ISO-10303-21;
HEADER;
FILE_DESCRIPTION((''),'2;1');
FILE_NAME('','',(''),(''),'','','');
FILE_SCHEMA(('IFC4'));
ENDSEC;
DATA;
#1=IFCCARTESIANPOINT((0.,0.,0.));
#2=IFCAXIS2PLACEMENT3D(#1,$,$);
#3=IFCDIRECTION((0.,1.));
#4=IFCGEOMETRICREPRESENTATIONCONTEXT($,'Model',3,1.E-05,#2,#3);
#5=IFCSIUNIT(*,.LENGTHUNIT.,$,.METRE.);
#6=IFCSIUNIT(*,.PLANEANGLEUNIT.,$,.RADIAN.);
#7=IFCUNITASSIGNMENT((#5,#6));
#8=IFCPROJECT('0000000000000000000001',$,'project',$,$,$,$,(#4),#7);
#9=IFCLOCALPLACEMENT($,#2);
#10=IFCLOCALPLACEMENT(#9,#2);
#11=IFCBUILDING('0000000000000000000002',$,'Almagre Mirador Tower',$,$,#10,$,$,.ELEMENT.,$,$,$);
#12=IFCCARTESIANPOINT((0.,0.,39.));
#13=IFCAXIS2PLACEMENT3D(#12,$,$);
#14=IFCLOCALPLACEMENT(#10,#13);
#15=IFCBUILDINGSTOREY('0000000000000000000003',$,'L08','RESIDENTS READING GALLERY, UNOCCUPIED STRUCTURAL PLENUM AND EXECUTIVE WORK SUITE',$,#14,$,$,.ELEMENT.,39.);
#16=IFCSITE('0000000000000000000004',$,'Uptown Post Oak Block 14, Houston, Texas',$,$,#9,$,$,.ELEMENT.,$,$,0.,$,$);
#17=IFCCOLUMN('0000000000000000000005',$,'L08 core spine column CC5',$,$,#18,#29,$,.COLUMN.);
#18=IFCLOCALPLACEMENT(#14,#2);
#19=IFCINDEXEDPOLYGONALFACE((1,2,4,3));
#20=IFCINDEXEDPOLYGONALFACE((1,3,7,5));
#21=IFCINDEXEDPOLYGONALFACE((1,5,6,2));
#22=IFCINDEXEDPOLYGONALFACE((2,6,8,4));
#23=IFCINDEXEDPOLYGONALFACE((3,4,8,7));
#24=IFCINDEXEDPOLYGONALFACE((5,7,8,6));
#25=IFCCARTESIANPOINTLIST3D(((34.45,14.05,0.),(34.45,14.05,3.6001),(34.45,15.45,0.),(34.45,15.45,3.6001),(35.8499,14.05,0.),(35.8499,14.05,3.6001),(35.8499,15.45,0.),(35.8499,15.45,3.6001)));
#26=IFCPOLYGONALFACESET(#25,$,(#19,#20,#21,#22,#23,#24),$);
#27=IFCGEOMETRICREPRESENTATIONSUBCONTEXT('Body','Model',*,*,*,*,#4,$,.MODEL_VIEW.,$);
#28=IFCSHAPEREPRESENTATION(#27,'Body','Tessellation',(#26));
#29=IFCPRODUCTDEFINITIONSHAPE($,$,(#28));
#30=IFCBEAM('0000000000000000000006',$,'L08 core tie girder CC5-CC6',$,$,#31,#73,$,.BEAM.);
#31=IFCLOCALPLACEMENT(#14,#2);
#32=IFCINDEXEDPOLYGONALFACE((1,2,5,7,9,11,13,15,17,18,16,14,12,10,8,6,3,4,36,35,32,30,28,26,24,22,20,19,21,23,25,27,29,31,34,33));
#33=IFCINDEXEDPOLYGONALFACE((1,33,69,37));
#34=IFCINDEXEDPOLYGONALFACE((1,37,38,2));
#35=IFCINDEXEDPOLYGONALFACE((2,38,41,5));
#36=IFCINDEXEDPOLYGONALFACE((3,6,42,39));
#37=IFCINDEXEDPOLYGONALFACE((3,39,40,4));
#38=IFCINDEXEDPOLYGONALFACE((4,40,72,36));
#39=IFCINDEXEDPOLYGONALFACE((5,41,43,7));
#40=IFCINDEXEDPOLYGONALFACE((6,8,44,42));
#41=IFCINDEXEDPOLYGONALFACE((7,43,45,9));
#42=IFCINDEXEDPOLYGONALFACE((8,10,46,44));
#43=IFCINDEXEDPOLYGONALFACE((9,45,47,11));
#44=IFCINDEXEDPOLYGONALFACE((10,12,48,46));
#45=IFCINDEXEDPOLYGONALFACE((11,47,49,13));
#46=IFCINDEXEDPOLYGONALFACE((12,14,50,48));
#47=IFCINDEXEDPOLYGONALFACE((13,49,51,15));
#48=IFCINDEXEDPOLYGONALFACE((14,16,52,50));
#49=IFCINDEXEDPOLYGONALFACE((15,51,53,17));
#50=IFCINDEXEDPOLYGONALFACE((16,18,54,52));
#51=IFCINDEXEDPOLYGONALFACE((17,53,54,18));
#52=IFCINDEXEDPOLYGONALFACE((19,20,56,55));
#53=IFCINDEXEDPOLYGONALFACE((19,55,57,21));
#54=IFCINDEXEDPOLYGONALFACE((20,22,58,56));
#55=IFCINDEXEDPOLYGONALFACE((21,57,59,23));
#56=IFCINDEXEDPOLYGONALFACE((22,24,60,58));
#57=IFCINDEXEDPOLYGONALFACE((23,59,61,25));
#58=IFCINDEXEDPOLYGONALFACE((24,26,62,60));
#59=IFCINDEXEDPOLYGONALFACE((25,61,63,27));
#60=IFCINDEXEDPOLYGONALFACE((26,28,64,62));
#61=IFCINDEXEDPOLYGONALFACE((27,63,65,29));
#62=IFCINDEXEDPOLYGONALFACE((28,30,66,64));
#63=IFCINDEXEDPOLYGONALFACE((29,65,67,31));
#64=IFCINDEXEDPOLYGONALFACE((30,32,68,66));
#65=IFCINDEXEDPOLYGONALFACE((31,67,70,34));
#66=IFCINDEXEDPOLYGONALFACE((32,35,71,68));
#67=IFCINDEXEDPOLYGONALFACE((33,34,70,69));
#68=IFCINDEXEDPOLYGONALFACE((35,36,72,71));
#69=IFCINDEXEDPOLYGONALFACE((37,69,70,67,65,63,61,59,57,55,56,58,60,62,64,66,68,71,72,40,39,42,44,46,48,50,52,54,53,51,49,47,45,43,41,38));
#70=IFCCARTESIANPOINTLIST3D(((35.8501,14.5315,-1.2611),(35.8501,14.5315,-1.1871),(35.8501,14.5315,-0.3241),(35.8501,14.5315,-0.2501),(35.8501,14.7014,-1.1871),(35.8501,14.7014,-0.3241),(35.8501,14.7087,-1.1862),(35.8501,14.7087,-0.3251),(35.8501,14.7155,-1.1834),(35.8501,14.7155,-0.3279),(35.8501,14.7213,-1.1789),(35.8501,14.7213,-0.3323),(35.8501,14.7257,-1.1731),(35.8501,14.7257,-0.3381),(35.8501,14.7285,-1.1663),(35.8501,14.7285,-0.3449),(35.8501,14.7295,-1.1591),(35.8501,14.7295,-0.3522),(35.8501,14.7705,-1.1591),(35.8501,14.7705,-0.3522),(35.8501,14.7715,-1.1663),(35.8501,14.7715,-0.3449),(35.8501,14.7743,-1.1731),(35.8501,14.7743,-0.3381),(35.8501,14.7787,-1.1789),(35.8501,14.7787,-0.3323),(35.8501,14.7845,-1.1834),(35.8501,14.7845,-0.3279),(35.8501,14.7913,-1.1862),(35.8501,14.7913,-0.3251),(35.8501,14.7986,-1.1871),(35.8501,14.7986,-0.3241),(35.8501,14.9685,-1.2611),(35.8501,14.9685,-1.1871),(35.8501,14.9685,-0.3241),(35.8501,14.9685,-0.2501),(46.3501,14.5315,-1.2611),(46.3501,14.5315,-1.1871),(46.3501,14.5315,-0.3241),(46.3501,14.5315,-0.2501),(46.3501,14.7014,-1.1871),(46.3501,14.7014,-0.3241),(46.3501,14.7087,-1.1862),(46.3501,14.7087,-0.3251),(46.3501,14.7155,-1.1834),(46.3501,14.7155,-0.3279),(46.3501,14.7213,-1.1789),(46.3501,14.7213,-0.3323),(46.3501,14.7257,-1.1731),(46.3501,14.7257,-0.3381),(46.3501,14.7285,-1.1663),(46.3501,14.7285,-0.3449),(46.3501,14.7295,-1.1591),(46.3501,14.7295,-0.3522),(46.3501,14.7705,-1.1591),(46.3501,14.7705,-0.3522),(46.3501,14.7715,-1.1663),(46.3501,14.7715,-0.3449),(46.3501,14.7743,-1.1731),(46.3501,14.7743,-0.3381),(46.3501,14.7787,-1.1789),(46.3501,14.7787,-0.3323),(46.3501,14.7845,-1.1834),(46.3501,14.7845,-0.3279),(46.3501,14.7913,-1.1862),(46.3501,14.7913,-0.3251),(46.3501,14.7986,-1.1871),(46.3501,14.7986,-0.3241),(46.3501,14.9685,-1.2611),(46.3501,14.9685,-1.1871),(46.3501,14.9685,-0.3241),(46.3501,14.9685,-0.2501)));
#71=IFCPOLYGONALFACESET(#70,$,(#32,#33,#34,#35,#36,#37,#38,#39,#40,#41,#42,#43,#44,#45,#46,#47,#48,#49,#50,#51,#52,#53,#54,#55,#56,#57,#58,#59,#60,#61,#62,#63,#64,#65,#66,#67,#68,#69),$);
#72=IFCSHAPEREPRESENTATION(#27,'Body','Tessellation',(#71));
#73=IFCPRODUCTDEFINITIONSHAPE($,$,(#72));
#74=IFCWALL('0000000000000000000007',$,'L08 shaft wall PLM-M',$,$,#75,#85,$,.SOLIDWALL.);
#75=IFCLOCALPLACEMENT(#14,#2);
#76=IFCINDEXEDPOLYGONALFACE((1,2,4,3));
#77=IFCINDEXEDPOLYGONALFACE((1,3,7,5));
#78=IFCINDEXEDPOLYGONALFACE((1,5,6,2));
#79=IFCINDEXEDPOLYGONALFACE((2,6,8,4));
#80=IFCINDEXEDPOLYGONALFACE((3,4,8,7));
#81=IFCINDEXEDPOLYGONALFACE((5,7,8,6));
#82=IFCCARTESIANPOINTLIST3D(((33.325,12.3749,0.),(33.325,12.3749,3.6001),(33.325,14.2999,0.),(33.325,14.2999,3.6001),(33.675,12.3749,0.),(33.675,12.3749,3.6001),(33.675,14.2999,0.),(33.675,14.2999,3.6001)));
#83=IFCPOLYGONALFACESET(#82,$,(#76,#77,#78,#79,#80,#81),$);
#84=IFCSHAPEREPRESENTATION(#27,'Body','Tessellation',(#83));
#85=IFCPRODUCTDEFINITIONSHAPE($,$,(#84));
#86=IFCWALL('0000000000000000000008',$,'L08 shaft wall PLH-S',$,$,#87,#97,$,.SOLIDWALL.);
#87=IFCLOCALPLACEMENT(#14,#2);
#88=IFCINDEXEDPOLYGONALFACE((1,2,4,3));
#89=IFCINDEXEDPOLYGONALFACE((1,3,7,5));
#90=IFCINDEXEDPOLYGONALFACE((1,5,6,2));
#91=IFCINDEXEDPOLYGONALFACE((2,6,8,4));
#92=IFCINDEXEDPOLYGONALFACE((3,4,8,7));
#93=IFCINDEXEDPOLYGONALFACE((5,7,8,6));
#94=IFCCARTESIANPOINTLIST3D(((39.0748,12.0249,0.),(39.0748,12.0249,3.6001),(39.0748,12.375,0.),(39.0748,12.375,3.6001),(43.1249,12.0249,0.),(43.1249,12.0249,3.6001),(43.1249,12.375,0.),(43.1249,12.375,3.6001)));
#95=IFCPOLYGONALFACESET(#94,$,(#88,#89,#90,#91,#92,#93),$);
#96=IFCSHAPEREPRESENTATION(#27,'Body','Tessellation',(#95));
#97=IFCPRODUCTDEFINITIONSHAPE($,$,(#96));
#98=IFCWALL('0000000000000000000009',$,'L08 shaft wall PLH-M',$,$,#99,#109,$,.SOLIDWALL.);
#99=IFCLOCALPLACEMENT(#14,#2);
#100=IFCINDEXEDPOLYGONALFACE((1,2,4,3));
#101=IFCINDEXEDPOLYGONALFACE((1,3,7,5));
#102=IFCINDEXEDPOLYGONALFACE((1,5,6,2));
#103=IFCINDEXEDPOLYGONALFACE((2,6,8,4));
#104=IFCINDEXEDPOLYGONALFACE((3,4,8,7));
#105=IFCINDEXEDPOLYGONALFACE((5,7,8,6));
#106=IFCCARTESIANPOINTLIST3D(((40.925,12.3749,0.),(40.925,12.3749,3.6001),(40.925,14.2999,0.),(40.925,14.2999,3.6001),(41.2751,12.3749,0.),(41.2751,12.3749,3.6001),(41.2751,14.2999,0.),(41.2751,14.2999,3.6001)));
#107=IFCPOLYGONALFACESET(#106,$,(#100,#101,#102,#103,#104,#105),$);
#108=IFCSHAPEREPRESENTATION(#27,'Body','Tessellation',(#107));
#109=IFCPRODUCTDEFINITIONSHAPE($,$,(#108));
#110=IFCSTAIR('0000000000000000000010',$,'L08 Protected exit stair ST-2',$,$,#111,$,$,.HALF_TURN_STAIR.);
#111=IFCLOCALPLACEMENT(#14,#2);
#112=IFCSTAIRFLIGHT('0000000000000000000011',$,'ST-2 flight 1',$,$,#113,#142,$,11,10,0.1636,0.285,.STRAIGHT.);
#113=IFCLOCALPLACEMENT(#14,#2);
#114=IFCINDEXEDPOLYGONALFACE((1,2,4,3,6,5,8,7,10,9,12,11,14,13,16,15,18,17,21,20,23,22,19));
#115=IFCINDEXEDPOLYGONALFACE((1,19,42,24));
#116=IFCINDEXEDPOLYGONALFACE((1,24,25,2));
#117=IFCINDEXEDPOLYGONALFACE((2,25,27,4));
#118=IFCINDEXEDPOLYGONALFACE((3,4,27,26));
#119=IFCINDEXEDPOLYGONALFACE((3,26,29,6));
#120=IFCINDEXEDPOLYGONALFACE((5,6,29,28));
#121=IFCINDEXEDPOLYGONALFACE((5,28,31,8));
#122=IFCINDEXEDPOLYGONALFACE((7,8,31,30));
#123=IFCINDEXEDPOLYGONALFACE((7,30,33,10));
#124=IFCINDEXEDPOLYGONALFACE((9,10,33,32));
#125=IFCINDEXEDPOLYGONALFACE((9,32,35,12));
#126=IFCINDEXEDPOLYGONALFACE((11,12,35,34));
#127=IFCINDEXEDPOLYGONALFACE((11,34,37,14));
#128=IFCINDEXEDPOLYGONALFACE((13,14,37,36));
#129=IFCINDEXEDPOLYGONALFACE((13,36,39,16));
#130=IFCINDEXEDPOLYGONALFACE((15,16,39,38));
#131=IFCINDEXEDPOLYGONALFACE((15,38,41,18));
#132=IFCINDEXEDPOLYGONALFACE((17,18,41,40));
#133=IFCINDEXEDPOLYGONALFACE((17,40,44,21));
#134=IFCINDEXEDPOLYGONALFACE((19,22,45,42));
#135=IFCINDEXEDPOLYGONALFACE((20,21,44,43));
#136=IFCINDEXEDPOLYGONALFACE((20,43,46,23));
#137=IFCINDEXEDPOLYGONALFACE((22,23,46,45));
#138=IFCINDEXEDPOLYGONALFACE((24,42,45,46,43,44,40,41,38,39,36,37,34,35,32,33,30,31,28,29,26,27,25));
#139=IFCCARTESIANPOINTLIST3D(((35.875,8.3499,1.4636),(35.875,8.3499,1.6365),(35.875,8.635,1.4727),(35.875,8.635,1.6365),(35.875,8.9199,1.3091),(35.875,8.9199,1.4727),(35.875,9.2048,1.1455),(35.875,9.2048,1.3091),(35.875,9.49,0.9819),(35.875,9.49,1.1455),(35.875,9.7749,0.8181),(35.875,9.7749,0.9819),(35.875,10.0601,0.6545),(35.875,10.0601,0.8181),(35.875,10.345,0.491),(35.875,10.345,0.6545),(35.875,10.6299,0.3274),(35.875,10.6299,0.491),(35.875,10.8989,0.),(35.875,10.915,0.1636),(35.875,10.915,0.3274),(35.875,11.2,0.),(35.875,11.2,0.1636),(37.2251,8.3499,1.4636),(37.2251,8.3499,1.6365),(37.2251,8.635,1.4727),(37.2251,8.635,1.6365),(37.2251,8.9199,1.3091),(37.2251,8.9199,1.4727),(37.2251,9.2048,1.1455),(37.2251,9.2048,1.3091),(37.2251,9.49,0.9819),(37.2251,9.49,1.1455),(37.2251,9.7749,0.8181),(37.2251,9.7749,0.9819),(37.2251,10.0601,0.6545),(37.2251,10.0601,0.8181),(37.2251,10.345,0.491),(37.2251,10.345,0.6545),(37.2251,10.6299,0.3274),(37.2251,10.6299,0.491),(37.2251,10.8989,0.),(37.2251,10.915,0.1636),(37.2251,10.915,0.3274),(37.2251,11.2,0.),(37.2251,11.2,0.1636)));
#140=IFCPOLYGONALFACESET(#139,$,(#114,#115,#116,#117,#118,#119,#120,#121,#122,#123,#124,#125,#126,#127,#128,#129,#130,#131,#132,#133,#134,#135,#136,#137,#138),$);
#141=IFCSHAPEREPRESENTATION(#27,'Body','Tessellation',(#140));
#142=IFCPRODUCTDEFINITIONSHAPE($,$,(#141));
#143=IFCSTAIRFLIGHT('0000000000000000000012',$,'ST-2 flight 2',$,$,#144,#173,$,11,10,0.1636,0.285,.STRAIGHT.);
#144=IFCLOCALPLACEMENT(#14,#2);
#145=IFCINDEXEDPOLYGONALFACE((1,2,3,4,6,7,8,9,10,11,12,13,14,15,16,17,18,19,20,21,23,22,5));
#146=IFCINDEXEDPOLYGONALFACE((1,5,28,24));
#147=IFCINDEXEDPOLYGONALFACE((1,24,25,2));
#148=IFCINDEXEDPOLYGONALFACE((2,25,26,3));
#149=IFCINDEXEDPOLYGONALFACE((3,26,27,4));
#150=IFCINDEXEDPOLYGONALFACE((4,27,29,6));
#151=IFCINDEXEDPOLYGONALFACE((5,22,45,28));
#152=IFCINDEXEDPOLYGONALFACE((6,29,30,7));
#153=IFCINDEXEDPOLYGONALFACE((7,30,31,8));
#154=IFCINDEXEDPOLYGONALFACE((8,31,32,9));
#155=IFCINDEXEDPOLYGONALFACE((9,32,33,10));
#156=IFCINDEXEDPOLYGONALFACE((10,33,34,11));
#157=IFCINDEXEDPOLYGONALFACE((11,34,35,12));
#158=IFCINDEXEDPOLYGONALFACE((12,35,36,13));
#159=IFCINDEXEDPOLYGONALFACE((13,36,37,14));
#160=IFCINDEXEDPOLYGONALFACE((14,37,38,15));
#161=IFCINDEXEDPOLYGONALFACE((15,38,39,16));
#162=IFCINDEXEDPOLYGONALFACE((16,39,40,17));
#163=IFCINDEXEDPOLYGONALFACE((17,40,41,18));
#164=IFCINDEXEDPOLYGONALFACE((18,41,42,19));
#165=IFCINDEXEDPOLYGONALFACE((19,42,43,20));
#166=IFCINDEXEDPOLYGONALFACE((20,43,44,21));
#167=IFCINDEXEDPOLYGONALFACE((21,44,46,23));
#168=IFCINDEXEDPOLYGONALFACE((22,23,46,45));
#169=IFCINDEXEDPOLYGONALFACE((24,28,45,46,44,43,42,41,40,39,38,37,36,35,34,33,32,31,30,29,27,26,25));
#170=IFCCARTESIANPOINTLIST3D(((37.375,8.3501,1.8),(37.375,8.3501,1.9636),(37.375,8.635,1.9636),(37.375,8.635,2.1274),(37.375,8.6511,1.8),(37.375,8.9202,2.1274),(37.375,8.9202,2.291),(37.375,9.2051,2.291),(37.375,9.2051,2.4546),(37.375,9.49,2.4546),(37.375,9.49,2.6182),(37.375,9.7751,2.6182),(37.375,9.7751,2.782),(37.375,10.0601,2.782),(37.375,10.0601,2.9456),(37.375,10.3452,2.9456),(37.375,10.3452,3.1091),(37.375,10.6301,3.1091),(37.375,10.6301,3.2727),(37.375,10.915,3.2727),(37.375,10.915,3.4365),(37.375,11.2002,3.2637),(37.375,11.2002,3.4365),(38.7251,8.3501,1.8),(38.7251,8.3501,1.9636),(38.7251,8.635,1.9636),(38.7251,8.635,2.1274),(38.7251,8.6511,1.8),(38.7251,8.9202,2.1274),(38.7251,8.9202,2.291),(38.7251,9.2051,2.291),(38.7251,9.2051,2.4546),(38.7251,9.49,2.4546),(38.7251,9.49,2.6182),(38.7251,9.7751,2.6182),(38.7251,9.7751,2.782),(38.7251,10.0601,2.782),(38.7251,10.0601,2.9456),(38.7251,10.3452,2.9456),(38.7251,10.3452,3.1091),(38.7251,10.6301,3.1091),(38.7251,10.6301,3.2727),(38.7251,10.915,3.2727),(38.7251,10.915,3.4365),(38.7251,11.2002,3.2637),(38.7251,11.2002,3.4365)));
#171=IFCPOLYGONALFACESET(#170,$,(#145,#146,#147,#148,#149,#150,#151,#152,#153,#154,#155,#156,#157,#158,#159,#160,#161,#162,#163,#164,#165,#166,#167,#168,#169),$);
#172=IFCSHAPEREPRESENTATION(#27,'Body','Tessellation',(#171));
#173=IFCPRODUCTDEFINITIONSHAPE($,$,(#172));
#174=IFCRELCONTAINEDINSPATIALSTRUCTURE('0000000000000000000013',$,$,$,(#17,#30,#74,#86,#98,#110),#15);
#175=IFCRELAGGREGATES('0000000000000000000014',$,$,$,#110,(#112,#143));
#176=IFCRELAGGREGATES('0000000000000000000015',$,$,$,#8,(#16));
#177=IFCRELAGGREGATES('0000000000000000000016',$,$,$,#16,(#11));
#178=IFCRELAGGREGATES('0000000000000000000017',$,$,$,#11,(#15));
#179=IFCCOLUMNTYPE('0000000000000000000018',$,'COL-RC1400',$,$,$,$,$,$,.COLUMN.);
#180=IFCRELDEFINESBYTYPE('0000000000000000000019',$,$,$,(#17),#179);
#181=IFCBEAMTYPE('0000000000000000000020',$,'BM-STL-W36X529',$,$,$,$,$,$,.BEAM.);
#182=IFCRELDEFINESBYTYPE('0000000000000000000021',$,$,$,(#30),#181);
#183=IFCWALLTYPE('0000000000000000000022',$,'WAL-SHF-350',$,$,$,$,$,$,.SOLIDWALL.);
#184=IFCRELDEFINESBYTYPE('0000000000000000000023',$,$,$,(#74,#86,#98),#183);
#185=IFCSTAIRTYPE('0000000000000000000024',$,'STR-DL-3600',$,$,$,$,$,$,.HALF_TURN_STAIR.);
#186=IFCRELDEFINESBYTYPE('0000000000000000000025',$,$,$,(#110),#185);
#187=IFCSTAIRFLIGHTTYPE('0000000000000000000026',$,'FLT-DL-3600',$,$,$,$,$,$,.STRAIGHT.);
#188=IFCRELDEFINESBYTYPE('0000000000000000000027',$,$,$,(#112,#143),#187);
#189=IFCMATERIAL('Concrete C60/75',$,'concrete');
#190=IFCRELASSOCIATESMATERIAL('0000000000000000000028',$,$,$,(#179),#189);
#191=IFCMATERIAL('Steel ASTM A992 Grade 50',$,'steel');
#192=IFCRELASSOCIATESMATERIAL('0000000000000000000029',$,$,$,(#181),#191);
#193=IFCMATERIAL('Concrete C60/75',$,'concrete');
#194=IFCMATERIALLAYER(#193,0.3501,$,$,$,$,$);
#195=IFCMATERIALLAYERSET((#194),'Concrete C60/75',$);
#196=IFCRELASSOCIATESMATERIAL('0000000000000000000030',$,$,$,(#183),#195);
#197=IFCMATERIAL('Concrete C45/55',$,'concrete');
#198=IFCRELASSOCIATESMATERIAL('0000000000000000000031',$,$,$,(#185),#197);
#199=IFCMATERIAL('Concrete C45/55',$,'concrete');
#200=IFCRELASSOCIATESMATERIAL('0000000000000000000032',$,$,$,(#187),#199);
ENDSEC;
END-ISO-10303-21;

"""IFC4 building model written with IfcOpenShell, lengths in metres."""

from ifc_helpers import new_model, si_unit, direction, frame, frame_2d, origin, origin_2d, place, context, subcontext, project, spatial, polyline, rectangle, i_section, outline, extrude, material, layer, layer_set, material_profile, profile_set, type_object, element, aggregate, save


model = new_model("IFC4")

# Units and contexts
model_context = context("Model", 3, precision=1e-05, world=origin(), true_north=direction((0.0, 1.0)))
body_context = subcontext(model_context, "Body", "Model", "MODEL_VIEW")
ifc_project = project(units=[si_unit("LENGTHUNIT", "METRE"), si_unit("PLANEANGLEUNIT", "RADIAN")], contexts=[model_context])

# Site, building, storey
site_placement = place(None, origin())
site = spatial("IfcSite", under=ifc_project, at=site_placement, Name="Uptown Post Oak Block 14, Houston, Texas", CompositionType="ELEMENT", RefElevation=0.0)
building_placement = place(site_placement, origin())
building = spatial("IfcBuilding", under=site, at=building_placement, Name="Almagre Mirador Tower", CompositionType="ELEMENT")
storey_placement = place(building_placement, frame((0.0, 0.0, 39.0)))
storey = spatial("IfcBuildingStorey", under=building, at=storey_placement, Name="L08", Description="RESIDENTS READING GALLERY, UNOCCUPIED STRUCTURAL PLENUM AND EXECUTIVE WORK SUITE", CompositionType="ELEMENT", Elevation=39.0)

# Column
ifc_material_1 = material(Name="Concrete C60/75", Category="concrete")
ifc_material_profile_1 = material_profile(ifc_material_1, rectangle(XDim=1.3999, YDim=1.3999, at=origin_2d()), Name="RC1400X1400")
ifc_profile_set_1 = profile_set([ifc_material_profile_1], Name="Concrete C60/75")
column_type = type_object("IfcColumnType", Name="COL-RC1400", PredefinedType="COLUMN", material=ifc_profile_set_1)
column_placement = place(storey_placement, frame((35.1499, 14.75, 0.0), z_axis=(0.0, 0.0, 1.0), x_axis=(1.0, 0.0, 0.0)))
element("IfcColumn", 1, at=column_placement, inside=storey, type_object=column_type, Name="L08 core spine column CC5", PredefinedType="COLUMN", context=body_context, shape_type="SweptSolid", body=[
    extrude(rectangle(XDim=1.3999, YDim=1.3999, at=origin_2d()), origin(), (0.0, 0.0, 1.0), 3.6001),
])

# Beam
ifc_material_2 = material(Name="Steel ASTM A992 Grade 50", Category="steel")
ifc_material_profile_2 = material_profile(ifc_material_2, i_section(OverallWidth=0.437, OverallDepth=1.011, WebThickness=0.041, FlangeThickness=0.074, FilletRadius=0.0281, at=origin_2d()), Name="W36X529")
ifc_profile_set_2 = profile_set([ifc_material_profile_2], Name="Steel ASTM A992 Grade 50")
beam_type = type_object("IfcBeamType", Name="BM-STL-W36X529", PredefinedType="BEAM", material=ifc_profile_set_2)
beam_placement = place(storey_placement, frame((35.8501, 14.75, -0.7556), z_axis=(1.0, 0.0, 0.0), x_axis=(0.0, 1.0, 0.0)))
element("IfcBeam", 2, at=beam_placement, inside=storey, type_object=beam_type, Name="L08 core tie girder CC5-CC6", PredefinedType="BEAM", context=body_context, shape_type="SweptSolid", body=[
    extrude(i_section(OverallWidth=0.437, OverallDepth=1.011, WebThickness=0.041, FlangeThickness=0.074, FilletRadius=0.0281, at=origin_2d()), origin(), (0.0, 0.0, 1.0), 10.5),
])

# Walls
ifc_material_3 = material(Name="Concrete C60/75", Category="concrete")
ifc_layer_1 = layer(ifc_material_3, 0.3501)
ifc_layer_set_1 = layer_set([ifc_layer_1], Name="Concrete C60/75")
wall_type_1 = type_object("IfcWallType", Name="WAL-SHF-350", PredefinedType="SOLIDWALL", material=ifc_layer_set_1)
wall_1_placement = place(storey_placement, frame((33.5, 12.375, 0.0), z_axis=(0.0, 0.0, 1.0), x_axis=(0.0, 1.0, 0.0)))
element("IfcWall", 3, at=wall_1_placement, inside=storey, type_object=wall_type_1, Name="L08 shaft wall PLM-M", PredefinedType="SOLIDWALL", context=body_context, shape_type="SweptSolid", body=[
    extrude(rectangle(XDim=1.925, YDim=0.3501, at=frame_2d((0.9624, 0.0))), origin(), (0.0, 0.0, 1.0), 3.6001),
])
wall_2_placement = place(storey_placement, frame((39.075, 12.2, 0.0), z_axis=(0.0, 0.0, 1.0), x_axis=(1.0, 0.0, 0.0)))
element("IfcWall", 4, at=wall_2_placement, inside=storey, type_object=wall_type_1, Name="L08 shaft wall PLH-S", PredefinedType="SOLIDWALL", context=body_context, shape_type="SweptSolid", body=[
    extrude(rectangle(XDim=4.05, YDim=0.3501, at=frame_2d((2.0249, 0.0))), origin(), (0.0, 0.0, 1.0), 3.6001),
])
wall_3_placement = place(storey_placement, frame((41.1001, 12.375, 0.0), z_axis=(0.0, 0.0, 1.0), x_axis=(0.0, 1.0, 0.0)))
element("IfcWall", 5, at=wall_3_placement, inside=storey, type_object=wall_type_1, Name="L08 shaft wall PLH-M", PredefinedType="SOLIDWALL", context=body_context, shape_type="SweptSolid", body=[
    extrude(rectangle(XDim=1.925, YDim=0.3501, at=frame_2d((0.9624, 0.0))), origin(), (0.0, 0.0, 1.0), 3.6001),
])

# Stair, stair flights
ifc_material_4 = material(Name="Concrete C45/55", Category="concrete")
stair_type = type_object("IfcStairType", Name="STR-DL-3600", PredefinedType="HALF_TURN_STAIR", material=ifc_material_4)
stair_1_placement = place(storey_placement, origin())
stair_1 = element("IfcStair", 6, at=stair_1_placement, inside=storey, type_object=stair_type, Name="L08 Protected exit stair ST-2", PredefinedType="HALF_TURN_STAIR")
ifc_material_5 = material(Name="Concrete C45/55", Category="concrete")
stair_flight_type = type_object("IfcStairFlightType", Name="FLT-DL-3600", PredefinedType="STRAIGHT", material=ifc_material_5)
stair_flight_1_placement = place(storey_placement, frame((36.55, 11.2, 0.0), z_axis=(0.0, 0.0, 1.0), x_axis=(0.0, -1.0, 0.0)))
stair_flight_1 = element("IfcStairFlight", 7, at=stair_flight_1_placement, type_object=stair_flight_type, Name="ST-2 flight 1", NumberOfRisers=11, NumberOfTreads=10, PredefinedType="STRAIGHT", RiserHeight=0.1636, TreadLength=0.285, context=body_context, shape_type="SweptSolid", body=[
    extrude(outline(polyline([(0.0, 0.0), (0.0, 0.1636), (0.2849, 0.1636), (0.2849, 0.3274), (0.5701, 0.3274), (0.5701, 0.491), (0.855, 0.491), (0.855, 0.6545), (1.1399, 0.6545), (1.1399, 0.8181), (1.425, 0.8181), (1.425, 0.9819), (1.71, 0.9819), (1.71, 1.1455), (1.9951, 1.1455), (1.9951, 1.3091), (2.28, 1.3091), (2.28, 1.4727), (2.5649, 1.4727), (2.5649, 1.6365), (2.8501, 1.6365), (2.8501, 1.8), (2.8501, 1.4636), (0.301, 0.0), (0.0, 0.0)])), frame((0.0, 0.675, 0.0), z_axis=(0.0, -1.0, 0.0), x_axis=(1.0, 0.0, 0.0)), (0.0, 0.0, 1.0), 1.3501),
])
stair_flight_2_placement = place(storey_placement, frame((38.05, 8.3501, 1.8), z_axis=(0.0, 0.0, 1.0), x_axis=(0.0, 1.0, 0.0)))
stair_flight_2 = element("IfcStairFlight", 8, at=stair_flight_2_placement, type_object=stair_flight_type, Name="ST-2 flight 2", NumberOfRisers=11, NumberOfTreads=10, PredefinedType="STRAIGHT", RiserHeight=0.1636, TreadLength=0.285, context=body_context, shape_type="SweptSolid", body=[
    extrude(outline(polyline([(0.0, 0.0), (0.0, 0.1636), (0.2849, 0.1636), (0.2849, 0.3274), (0.5701, 0.3274), (0.5701, 0.491), (0.855, 0.491), (0.855, 0.6545), (1.1399, 0.6545), (1.1399, 0.8181), (1.425, 0.8181), (1.425, 0.9819), (1.71, 0.9819), (1.71, 1.1455), (1.9951, 1.1455), (1.9951, 1.3091), (2.28, 1.3091), (2.28, 1.4727), (2.5649, 1.4727), (2.5649, 1.6365), (2.8501, 1.6365), (2.8501, 1.8), (2.8501, 1.4636), (0.301, 0.0), (0.0, 0.0)])), frame((0.0, 0.675, 0.0), z_axis=(0.0, -1.0, 0.0), x_axis=(1.0, 0.0, 0.0)), (0.0, 0.0, 1.0), 1.3501),
])
aggregate(stair_1, [stair_flight_1, stair_flight_2])

save(model, "model.ifc")
